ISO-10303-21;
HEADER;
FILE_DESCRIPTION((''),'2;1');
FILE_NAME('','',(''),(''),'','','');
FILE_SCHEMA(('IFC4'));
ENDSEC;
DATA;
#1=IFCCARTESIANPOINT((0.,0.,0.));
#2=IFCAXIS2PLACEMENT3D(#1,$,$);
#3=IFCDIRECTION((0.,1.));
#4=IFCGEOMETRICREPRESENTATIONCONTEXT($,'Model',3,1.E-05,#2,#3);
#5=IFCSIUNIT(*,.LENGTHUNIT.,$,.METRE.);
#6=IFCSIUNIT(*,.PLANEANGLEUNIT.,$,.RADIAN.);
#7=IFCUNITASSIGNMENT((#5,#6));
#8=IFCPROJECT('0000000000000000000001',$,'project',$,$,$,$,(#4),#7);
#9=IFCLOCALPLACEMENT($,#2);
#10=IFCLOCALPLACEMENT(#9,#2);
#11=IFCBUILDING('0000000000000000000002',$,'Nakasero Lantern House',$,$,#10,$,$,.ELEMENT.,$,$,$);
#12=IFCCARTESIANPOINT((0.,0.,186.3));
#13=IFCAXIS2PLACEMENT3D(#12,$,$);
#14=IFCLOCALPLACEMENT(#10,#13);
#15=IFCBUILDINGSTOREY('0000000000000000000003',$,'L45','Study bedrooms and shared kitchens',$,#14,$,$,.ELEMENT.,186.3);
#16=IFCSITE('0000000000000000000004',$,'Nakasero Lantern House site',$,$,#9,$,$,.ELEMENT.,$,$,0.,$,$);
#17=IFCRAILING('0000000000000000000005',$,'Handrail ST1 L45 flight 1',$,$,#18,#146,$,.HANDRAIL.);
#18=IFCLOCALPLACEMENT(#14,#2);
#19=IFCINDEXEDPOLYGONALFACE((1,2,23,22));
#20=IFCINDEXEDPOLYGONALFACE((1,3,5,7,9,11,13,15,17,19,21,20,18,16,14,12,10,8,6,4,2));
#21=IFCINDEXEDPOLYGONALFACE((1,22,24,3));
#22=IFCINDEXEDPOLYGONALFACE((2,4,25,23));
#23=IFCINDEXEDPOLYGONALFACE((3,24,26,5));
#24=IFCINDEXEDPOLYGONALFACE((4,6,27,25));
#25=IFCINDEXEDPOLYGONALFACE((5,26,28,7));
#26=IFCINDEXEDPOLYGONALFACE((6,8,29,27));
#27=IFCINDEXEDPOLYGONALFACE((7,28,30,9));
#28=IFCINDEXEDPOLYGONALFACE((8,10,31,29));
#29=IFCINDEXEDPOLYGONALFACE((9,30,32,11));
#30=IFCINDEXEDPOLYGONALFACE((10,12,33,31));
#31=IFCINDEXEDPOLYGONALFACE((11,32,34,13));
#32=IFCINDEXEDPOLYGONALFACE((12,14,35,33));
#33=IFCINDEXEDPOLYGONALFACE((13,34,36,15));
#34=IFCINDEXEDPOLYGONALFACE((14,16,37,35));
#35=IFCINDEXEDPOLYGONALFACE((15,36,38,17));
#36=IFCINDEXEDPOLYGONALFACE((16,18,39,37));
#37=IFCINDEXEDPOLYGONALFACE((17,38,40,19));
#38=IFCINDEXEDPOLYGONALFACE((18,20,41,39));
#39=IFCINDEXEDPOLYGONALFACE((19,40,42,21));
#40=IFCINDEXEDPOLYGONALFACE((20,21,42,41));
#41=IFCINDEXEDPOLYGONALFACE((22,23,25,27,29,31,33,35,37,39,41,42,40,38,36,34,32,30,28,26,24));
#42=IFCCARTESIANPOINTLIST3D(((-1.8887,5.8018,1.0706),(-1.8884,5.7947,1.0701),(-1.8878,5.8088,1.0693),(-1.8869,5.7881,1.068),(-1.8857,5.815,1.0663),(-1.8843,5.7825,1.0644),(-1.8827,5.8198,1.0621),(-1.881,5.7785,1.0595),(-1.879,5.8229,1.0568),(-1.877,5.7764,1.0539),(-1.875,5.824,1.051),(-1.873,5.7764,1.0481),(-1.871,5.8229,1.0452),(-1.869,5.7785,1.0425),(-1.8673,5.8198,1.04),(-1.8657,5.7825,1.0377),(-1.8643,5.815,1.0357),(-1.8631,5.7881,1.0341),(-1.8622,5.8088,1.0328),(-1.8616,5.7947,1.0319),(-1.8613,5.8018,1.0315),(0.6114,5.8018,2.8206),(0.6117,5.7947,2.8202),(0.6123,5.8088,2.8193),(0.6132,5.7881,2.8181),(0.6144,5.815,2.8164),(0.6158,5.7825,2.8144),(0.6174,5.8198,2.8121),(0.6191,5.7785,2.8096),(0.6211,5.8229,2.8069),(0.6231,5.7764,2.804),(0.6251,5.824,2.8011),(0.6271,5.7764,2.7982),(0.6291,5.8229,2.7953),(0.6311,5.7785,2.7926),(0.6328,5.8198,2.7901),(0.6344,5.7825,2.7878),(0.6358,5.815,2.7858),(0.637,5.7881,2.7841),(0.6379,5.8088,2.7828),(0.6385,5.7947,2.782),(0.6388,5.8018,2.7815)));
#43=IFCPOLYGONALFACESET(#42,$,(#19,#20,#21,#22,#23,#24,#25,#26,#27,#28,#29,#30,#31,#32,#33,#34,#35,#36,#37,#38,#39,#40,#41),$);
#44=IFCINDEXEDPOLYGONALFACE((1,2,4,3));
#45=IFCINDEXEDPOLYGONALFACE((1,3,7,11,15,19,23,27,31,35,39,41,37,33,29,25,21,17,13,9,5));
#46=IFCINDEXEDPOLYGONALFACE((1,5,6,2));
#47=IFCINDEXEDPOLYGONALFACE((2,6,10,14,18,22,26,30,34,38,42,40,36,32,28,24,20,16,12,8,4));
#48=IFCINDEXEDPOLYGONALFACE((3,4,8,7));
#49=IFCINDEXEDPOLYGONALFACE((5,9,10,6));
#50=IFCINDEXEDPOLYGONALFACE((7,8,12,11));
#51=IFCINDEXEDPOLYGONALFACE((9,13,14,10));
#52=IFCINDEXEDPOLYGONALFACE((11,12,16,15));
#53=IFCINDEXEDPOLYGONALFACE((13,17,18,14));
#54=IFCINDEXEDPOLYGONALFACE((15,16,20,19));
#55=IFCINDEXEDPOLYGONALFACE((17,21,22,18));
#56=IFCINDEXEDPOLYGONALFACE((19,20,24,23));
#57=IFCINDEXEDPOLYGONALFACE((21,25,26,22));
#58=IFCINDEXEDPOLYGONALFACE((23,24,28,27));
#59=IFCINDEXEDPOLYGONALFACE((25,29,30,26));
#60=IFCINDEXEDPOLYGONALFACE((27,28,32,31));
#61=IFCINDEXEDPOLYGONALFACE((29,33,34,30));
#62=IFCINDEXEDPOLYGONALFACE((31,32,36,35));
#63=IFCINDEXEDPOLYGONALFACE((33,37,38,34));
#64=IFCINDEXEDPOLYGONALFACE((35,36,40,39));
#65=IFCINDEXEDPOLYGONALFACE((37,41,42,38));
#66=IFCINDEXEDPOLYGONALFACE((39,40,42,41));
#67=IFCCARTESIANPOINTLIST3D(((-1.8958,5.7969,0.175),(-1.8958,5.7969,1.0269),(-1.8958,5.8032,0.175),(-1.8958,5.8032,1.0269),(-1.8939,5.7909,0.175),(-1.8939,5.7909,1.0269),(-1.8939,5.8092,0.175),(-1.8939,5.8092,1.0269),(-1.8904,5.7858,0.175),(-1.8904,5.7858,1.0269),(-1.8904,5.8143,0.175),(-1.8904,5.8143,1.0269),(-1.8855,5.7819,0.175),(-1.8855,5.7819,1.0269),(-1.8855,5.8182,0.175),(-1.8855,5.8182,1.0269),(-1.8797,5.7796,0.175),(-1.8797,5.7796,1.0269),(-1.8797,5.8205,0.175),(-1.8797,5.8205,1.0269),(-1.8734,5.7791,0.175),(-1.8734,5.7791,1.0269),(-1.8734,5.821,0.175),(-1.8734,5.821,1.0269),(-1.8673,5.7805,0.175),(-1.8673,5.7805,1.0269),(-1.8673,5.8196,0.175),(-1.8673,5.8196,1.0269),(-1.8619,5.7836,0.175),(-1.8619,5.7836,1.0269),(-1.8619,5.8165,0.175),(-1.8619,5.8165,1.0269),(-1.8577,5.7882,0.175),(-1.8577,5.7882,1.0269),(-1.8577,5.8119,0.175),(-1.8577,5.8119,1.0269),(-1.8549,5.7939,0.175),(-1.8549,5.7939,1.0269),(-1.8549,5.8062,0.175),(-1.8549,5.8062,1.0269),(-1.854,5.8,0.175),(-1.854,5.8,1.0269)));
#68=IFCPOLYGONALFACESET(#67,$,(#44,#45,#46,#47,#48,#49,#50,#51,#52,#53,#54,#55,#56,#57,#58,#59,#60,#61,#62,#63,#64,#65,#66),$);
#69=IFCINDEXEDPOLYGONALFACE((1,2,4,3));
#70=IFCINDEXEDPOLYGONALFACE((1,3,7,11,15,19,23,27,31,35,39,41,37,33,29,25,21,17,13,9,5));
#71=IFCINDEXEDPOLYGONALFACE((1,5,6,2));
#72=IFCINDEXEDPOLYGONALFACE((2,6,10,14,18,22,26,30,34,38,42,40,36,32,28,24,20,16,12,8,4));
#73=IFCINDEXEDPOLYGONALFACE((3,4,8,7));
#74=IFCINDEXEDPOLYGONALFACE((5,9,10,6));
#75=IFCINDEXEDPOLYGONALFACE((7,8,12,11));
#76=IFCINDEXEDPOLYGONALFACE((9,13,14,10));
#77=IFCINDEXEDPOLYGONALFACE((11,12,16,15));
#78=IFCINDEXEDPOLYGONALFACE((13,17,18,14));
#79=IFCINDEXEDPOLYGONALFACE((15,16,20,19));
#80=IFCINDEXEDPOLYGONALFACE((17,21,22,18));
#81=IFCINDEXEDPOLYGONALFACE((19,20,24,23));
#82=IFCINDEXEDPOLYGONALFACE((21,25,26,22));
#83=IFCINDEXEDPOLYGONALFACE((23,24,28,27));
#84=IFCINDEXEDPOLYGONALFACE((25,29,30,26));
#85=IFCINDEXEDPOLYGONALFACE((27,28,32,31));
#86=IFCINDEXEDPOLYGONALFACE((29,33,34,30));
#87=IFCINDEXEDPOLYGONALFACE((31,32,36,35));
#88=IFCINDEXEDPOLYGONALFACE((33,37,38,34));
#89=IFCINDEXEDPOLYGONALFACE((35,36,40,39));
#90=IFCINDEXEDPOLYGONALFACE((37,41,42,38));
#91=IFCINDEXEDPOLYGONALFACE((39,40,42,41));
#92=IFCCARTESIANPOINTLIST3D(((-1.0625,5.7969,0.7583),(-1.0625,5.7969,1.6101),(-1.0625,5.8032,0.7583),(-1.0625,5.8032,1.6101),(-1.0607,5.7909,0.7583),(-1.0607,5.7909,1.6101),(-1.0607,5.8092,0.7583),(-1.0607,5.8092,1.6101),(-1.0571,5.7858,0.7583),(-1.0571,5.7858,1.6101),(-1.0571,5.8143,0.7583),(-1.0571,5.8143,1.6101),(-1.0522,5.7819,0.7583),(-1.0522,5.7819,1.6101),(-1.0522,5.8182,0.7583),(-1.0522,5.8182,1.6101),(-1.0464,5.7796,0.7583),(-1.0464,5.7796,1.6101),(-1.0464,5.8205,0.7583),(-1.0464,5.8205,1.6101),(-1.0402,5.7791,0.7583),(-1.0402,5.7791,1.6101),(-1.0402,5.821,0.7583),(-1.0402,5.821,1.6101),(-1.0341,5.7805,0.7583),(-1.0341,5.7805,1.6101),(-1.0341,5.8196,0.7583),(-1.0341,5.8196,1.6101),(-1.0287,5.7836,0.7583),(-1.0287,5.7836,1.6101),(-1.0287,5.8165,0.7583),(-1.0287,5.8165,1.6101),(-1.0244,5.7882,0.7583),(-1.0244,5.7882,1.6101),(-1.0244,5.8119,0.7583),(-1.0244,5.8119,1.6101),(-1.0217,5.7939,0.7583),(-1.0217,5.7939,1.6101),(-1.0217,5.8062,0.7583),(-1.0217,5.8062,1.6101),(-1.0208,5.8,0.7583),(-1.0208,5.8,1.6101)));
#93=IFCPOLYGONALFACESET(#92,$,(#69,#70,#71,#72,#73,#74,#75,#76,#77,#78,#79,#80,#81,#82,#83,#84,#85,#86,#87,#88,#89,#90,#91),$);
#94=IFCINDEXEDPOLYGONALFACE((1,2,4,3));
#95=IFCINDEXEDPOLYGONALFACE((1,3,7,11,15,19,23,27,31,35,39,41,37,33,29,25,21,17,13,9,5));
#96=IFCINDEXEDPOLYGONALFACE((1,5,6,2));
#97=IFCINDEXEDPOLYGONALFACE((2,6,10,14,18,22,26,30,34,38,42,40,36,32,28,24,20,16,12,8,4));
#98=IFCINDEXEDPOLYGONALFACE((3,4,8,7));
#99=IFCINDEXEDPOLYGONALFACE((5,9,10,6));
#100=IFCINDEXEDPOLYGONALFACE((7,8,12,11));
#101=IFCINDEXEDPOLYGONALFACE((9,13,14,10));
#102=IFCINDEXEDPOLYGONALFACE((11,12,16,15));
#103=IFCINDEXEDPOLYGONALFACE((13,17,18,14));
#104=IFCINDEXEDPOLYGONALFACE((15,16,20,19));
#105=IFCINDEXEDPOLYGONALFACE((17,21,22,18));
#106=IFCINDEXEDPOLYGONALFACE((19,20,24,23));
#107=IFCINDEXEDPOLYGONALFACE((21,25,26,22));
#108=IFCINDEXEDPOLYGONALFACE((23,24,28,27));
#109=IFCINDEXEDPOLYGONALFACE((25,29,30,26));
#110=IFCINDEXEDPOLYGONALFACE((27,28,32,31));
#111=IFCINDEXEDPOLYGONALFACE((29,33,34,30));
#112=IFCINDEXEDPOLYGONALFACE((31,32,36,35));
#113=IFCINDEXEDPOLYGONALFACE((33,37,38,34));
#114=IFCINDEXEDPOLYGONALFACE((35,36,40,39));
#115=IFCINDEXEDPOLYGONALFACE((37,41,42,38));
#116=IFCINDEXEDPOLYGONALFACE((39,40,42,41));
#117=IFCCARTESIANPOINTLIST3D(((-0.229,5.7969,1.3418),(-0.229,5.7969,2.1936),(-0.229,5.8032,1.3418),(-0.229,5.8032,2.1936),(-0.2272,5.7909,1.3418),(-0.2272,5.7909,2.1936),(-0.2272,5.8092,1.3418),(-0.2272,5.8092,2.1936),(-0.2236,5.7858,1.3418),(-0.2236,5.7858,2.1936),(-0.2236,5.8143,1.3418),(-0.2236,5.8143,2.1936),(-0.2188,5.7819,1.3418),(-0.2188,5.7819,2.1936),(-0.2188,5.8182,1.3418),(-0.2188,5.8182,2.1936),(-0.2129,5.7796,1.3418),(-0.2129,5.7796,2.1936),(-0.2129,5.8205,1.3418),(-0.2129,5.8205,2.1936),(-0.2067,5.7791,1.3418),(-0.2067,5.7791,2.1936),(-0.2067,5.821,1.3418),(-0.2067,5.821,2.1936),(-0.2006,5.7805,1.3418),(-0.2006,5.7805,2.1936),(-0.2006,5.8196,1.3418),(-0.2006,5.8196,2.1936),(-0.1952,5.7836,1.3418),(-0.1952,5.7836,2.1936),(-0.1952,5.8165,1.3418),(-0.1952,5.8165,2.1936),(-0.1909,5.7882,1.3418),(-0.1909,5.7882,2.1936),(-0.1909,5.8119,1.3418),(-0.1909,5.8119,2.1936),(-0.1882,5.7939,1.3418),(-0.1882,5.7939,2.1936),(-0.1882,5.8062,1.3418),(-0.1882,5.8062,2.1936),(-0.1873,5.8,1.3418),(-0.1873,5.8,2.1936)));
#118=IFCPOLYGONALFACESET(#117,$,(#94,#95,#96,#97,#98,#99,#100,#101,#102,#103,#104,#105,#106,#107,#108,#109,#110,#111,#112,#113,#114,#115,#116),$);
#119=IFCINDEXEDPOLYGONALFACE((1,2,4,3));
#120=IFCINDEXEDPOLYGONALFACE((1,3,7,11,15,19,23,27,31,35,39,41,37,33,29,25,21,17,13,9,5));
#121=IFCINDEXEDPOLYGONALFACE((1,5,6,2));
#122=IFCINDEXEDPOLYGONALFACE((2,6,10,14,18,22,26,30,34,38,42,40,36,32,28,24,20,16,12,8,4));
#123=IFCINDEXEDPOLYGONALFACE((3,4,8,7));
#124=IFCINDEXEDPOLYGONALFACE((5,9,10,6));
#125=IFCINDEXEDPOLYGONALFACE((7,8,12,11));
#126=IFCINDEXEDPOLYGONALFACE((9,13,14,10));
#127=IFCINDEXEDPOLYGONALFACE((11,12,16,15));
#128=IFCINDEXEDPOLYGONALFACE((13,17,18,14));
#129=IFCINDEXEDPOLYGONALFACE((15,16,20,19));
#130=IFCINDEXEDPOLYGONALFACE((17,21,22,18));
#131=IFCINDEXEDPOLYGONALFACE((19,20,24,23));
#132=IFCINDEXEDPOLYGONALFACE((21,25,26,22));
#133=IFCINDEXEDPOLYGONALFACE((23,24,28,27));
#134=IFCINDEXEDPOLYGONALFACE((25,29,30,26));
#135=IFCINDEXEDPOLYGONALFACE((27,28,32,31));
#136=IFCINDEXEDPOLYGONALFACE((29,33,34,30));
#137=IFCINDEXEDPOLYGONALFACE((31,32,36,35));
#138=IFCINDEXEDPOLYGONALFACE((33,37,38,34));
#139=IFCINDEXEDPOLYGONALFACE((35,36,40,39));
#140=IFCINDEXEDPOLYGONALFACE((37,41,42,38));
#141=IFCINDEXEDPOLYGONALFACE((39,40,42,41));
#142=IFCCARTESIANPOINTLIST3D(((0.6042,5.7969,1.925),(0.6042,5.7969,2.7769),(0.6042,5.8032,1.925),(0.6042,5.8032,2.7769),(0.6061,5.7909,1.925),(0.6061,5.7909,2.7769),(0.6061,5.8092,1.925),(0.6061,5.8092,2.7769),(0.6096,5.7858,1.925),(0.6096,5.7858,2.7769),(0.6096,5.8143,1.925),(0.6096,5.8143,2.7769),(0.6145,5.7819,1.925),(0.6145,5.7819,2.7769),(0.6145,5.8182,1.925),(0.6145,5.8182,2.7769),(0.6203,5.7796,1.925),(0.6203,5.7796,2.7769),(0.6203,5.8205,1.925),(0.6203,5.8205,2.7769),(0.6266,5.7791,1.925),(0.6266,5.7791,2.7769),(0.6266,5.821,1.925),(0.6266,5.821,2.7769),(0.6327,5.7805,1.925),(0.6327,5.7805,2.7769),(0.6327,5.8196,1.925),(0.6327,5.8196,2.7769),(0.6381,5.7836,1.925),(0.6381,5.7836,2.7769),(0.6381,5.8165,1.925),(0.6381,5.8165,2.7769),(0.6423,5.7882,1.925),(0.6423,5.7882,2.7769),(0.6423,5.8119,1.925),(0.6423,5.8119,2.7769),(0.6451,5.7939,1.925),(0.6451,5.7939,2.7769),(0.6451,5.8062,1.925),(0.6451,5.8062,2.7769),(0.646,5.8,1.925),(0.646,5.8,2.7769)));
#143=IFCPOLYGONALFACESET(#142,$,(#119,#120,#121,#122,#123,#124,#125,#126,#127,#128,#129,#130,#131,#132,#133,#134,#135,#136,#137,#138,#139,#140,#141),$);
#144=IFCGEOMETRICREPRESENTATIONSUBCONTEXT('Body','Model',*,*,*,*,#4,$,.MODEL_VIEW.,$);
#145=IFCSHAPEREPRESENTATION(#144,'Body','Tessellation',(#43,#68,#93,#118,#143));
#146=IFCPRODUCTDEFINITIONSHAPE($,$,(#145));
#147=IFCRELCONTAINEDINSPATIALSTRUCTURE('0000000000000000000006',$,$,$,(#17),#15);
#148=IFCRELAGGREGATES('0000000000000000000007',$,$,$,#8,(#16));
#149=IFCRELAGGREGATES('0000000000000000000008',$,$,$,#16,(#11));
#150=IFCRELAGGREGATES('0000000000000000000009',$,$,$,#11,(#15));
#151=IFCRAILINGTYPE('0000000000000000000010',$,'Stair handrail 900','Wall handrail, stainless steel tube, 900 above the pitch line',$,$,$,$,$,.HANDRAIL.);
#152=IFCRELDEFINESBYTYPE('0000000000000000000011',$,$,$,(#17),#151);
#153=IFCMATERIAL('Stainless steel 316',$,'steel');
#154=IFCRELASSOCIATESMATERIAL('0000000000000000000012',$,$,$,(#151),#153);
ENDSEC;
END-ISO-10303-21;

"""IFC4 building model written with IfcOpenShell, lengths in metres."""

from ifc_helpers import new_model, si_unit, direction, frame, origin, origin_2d, place, context, subcontext, project, spatial, circle, extrude, material, type_object, element, save


model = new_model("IFC4")

# Units and contexts
model_context = context("Model", 3, precision=1e-05, world=origin(), true_north=direction((0.0, 1.0)))
body_context = subcontext(model_context, "Body", "Model", "MODEL_VIEW")
ifc_project = project(units=[si_unit("LENGTHUNIT", "METRE"), si_unit("PLANEANGLEUNIT", "RADIAN")], contexts=[model_context])

# Site, building, storey
site_placement = place(None, origin())
site = spatial("IfcSite", under=ifc_project, at=site_placement, Name="Nakasero Lantern House site", CompositionType="ELEMENT", RefElevation=0.0)
building_placement = place(site_placement, origin())
building = spatial("IfcBuilding", under=site, at=building_placement, Name="Nakasero Lantern House", CompositionType="ELEMENT")
storey_placement = place(building_placement, frame((0.0, 0.0, 186.3)))
storey = spatial("IfcBuildingStorey", under=building, at=storey_placement, Name="L45", Description="Study bedrooms and shared kitchens", CompositionType="ELEMENT", Elevation=186.3)

# Railing
ifc_material_1 = material(Name="Stainless steel 316", Category="steel")
railing_type = type_object("IfcRailingType", Name="Stair handrail 900", Description="Wall handrail, stainless steel tube, 900 above the pitch line", PredefinedType="HANDRAIL", material=ifc_material_1)
railing_placement = place(storey_placement, frame((-1.875, 5.8, 0.175)))
element("IfcRailing", 1, at=railing_placement, inside=storey, type_object=railing_type, Name="Handrail ST1 L45 flight 1", PredefinedType="HANDRAIL", context=body_context, shape_type="SweptSolid", body=[
    extrude(circle(Radius=0.0239, at=origin_2d()), frame((0.0, 0.0, 0.876), z_axis=(0.819232, 0.0, 0.573462), x_axis=(0.0, 1.0, 0.0)), (0.0, 0.0, 1.0), 3.0518),
    extrude(circle(Radius=0.021, at=origin_2d()), origin(), (0.0, 0.0, 1.0), 0.8518),
    extrude(circle(Radius=0.021, at=origin_2d()), frame((0.8333, 0.0, 0.5833)), (0.0, 0.0, 1.0), 0.8518),
    extrude(circle(Radius=0.021, at=origin_2d()), frame((1.6667, 0.0, 1.1667)), (0.0, 0.0, 1.0), 0.8518),
    extrude(circle(Radius=0.021, at=origin_2d()), frame((2.5, 0.0, 1.75)), (0.0, 0.0, 1.0), 0.8518),
])

save(model, "model.ifc")
